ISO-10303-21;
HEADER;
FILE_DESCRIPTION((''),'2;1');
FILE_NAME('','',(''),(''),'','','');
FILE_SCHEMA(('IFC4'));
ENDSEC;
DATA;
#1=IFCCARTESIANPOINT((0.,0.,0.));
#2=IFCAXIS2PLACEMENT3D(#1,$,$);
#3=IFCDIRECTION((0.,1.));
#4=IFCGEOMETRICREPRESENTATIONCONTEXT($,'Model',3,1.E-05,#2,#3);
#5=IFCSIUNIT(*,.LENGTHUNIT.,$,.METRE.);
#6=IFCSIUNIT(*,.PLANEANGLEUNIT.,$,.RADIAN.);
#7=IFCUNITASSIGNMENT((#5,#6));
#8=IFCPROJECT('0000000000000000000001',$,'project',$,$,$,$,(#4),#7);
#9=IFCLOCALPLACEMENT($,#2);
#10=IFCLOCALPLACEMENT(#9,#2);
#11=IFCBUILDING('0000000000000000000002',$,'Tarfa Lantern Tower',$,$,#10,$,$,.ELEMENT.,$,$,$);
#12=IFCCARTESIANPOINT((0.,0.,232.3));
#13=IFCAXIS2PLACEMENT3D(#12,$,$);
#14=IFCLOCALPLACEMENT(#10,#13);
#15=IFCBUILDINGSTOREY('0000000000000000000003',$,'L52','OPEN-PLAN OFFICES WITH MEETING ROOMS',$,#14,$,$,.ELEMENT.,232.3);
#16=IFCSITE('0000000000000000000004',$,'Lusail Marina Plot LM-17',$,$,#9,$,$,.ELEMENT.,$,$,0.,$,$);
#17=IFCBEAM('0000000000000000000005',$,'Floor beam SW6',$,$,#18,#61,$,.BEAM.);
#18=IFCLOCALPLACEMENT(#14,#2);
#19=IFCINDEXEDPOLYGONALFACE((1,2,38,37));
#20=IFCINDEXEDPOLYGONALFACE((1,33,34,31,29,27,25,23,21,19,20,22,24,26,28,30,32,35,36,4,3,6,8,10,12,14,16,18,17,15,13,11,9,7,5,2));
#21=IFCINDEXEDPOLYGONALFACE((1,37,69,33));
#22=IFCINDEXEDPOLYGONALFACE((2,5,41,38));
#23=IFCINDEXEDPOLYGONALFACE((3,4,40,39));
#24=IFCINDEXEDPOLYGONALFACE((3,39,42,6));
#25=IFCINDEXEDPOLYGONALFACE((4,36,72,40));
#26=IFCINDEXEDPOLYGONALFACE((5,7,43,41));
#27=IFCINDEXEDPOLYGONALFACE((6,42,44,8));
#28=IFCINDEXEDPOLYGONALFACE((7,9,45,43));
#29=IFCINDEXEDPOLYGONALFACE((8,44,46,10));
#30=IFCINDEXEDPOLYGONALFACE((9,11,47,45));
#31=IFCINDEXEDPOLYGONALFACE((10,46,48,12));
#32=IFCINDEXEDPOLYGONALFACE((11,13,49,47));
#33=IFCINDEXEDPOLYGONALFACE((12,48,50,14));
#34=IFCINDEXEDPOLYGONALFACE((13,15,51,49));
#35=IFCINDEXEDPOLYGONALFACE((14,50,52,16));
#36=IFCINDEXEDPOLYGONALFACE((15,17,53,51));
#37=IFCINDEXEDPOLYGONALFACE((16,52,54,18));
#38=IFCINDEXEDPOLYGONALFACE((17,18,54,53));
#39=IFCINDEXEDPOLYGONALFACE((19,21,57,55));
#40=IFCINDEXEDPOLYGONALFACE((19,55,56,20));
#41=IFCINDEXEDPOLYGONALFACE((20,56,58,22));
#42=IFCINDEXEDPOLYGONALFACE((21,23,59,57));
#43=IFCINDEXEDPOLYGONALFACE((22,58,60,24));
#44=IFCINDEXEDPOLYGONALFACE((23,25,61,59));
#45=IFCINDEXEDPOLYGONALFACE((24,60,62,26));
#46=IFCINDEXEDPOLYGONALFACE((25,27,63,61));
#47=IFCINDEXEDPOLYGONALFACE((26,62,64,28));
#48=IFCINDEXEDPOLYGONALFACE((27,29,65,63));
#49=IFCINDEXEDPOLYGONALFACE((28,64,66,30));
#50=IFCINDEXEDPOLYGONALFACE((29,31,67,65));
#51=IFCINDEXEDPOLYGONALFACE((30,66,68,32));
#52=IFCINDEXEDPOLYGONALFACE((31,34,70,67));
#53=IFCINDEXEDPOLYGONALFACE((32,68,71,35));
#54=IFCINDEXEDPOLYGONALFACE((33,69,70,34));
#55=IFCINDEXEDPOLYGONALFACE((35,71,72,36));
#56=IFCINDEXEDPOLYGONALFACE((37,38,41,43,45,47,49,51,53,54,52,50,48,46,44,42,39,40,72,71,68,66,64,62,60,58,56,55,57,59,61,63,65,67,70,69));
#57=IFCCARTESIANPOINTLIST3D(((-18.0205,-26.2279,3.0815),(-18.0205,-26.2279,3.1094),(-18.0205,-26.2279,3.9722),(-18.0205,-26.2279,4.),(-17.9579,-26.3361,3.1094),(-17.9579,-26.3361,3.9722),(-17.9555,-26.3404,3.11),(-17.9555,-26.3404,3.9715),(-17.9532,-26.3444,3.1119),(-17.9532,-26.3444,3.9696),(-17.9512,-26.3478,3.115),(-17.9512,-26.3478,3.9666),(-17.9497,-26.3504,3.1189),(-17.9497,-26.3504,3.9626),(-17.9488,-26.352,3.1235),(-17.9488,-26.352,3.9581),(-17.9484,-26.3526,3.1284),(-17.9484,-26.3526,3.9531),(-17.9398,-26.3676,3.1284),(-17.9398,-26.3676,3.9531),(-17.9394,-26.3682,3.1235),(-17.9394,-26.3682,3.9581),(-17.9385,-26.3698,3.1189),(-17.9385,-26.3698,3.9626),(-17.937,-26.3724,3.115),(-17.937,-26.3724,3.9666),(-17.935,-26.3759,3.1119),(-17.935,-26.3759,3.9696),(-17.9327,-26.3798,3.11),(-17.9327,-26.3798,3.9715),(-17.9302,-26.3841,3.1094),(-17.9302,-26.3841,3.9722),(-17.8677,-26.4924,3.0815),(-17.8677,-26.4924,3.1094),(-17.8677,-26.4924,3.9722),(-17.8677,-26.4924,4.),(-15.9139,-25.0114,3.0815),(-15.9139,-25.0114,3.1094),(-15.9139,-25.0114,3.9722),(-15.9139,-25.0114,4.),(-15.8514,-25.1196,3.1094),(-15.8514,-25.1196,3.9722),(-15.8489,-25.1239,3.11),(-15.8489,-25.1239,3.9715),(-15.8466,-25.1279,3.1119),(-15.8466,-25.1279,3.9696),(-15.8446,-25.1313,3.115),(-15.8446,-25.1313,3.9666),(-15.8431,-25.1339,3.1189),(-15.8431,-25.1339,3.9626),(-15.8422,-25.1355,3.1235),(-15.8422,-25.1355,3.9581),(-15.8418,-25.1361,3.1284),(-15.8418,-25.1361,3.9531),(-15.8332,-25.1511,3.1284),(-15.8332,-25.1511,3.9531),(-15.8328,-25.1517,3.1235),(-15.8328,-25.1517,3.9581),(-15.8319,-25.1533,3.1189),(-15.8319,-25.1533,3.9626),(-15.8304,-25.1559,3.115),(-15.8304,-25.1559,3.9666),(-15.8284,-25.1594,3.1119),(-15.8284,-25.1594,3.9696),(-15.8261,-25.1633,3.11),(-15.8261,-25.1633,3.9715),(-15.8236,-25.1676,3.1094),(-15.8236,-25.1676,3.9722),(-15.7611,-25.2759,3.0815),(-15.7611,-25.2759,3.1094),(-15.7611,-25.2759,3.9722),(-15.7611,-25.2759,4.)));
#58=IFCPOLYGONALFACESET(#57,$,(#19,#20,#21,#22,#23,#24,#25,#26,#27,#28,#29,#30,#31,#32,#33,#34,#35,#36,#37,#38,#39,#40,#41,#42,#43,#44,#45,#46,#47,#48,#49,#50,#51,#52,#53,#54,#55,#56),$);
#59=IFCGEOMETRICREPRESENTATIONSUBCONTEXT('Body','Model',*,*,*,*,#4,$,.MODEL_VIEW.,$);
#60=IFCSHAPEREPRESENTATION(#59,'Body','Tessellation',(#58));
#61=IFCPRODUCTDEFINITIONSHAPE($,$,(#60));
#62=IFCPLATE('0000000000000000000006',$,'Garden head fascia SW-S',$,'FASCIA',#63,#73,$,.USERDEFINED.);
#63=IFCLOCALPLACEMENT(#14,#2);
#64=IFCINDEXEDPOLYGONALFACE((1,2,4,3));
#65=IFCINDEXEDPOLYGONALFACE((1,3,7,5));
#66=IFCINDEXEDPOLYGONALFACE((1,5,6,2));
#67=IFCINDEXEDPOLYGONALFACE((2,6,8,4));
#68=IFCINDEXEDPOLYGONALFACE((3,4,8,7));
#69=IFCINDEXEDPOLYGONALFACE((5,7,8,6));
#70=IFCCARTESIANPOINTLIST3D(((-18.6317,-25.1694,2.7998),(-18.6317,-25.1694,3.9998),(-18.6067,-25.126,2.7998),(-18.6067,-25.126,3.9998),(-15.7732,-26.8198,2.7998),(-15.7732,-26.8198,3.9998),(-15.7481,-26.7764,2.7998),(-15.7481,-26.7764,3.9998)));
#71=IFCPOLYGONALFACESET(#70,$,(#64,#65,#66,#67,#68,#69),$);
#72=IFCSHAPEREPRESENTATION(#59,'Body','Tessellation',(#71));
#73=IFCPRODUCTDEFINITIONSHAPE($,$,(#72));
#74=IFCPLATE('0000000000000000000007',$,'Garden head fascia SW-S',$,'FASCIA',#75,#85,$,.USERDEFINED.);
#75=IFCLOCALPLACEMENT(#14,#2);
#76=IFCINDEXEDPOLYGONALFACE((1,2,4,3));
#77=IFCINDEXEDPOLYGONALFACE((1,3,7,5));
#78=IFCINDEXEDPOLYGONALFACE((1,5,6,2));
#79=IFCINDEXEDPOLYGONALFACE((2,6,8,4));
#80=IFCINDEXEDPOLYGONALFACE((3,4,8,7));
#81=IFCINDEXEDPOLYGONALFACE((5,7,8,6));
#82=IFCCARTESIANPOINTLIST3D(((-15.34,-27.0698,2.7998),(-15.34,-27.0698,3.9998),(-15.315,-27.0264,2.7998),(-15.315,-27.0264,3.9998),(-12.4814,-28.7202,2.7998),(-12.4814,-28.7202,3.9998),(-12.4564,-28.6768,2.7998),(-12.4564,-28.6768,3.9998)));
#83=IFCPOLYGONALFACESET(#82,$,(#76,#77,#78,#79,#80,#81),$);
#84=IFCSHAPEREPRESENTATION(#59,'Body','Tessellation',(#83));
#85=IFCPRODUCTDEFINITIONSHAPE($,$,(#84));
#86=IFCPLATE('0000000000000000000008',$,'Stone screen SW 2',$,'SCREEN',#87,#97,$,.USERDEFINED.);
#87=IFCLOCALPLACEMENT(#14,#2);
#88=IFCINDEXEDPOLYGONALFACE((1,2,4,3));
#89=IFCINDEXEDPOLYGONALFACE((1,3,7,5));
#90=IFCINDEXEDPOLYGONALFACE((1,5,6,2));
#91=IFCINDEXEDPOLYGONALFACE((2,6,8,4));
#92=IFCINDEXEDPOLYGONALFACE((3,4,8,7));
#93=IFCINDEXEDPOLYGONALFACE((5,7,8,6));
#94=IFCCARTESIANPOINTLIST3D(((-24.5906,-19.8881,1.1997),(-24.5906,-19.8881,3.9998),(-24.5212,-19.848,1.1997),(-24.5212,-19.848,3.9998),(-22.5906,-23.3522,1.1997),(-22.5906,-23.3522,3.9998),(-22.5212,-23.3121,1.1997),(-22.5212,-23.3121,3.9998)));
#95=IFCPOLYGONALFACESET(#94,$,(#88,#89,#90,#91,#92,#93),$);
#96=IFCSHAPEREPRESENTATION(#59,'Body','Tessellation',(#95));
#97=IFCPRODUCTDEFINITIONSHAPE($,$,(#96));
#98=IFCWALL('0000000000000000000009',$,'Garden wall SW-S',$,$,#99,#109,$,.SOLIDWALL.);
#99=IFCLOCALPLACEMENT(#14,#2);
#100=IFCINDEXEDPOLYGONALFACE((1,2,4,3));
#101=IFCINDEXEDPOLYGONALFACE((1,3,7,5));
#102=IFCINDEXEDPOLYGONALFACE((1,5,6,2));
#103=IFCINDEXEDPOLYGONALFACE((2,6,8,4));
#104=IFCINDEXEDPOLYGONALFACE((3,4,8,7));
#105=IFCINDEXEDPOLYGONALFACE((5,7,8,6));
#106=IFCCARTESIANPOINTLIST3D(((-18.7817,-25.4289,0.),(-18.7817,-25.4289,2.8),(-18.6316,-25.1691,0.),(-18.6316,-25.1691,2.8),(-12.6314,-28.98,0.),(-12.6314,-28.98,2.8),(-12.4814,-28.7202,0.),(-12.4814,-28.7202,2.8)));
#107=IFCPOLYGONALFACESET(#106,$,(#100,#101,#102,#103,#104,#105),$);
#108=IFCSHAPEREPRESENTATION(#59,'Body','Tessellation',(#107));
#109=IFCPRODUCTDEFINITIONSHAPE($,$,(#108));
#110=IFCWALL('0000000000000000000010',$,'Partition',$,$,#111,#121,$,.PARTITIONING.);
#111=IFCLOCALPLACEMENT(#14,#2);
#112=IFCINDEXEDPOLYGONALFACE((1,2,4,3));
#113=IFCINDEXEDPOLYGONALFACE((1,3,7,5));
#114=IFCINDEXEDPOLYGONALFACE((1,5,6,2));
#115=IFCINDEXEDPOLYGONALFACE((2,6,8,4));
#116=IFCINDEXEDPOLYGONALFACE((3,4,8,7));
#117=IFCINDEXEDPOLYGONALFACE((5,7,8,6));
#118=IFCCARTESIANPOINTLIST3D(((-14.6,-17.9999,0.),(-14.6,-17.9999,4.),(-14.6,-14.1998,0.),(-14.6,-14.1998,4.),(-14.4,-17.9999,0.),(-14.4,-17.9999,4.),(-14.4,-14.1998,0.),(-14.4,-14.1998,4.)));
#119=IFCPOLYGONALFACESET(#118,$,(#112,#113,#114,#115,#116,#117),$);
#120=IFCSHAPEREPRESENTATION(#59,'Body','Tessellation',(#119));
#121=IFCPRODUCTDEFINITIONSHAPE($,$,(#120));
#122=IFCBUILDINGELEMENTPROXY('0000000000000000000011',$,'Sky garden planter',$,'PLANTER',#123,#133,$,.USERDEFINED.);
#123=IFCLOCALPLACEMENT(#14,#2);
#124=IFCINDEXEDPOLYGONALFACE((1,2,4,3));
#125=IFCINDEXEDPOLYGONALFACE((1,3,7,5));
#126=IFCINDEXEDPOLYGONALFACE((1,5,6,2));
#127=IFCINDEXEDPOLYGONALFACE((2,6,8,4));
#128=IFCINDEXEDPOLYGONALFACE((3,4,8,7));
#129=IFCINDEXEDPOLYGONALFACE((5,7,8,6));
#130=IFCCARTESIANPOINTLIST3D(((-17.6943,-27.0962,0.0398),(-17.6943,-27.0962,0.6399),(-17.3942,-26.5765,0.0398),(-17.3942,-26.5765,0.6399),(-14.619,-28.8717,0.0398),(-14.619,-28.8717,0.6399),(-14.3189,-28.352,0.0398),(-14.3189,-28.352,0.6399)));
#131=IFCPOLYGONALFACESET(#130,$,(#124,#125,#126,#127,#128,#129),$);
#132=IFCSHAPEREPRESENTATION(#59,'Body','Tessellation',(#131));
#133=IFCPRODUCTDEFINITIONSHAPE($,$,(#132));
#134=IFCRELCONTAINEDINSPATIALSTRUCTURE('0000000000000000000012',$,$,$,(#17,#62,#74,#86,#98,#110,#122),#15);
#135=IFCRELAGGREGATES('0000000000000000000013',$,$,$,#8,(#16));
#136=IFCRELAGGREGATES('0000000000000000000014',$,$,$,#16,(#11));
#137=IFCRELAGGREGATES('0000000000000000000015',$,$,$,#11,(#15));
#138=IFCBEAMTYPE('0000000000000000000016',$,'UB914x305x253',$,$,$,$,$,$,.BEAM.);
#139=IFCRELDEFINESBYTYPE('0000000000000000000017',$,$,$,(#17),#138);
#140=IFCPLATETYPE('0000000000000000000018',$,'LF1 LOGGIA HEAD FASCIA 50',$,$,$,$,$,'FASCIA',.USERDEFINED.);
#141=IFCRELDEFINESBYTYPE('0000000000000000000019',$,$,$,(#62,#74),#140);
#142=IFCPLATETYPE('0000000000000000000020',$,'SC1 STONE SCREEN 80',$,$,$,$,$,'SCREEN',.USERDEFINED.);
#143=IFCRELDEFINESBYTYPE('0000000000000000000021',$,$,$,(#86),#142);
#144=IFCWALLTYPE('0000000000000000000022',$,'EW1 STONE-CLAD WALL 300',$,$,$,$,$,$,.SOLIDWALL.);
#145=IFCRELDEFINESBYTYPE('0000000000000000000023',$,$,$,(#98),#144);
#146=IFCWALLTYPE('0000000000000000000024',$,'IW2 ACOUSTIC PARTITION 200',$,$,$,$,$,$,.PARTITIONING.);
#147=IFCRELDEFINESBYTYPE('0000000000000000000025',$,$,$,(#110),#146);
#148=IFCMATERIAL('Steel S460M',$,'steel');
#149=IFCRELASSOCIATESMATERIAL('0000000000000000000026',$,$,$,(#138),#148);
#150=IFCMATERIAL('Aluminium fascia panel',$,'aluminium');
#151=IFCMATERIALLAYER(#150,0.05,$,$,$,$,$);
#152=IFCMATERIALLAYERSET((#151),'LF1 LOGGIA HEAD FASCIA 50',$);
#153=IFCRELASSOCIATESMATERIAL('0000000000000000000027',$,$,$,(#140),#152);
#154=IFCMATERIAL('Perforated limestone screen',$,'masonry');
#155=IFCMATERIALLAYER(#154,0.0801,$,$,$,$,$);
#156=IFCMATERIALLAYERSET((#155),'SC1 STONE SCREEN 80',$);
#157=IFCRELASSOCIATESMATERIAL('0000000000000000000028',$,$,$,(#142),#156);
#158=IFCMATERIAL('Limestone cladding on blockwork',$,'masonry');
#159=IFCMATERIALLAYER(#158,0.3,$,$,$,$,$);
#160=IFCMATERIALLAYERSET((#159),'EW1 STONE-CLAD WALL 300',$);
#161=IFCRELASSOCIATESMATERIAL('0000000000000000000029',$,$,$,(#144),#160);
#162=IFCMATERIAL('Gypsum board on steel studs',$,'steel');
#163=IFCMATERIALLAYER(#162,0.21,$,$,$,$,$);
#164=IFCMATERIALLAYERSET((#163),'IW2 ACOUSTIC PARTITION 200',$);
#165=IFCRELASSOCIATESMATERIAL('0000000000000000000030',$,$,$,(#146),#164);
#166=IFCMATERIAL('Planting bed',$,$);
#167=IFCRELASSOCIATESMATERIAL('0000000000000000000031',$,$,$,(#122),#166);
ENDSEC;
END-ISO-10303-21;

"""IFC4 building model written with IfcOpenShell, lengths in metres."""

from ifc_helpers import new_model, si_unit, direction, frame, frame_2d, origin, origin_2d, place, context, subcontext, project, spatial, rectangle, i_section, extrude, material, layer, layer_set, material_profile, profile_set, type_object, element, save


model = new_model("IFC4")

# Units and contexts
model_context = context("Model", 3, precision=1e-05, world=origin(), true_north=direction((0.0, 1.0)))
body_context = subcontext(model_context, "Body", "Model", "MODEL_VIEW")
ifc_project = project(units=[si_unit("LENGTHUNIT", "METRE"), si_unit("PLANEANGLEUNIT", "RADIAN")], contexts=[model_context])

# Site, building, storey
site_placement = place(None, origin())
site = spatial("IfcSite", under=ifc_project, at=site_placement, Name="Lusail Marina Plot LM-17", CompositionType="ELEMENT", RefElevation=0.0)
building_placement = place(site_placement, origin())
building = spatial("IfcBuilding", under=site, at=building_placement, Name="Tarfa Lantern Tower", CompositionType="ELEMENT")
storey_placement = place(building_placement, frame((0.0, 0.0, 232.3)))
storey = spatial("IfcBuildingStorey", under=building, at=storey_placement, Name="L52", Description="OPEN-PLAN OFFICES WITH MEETING ROOMS", CompositionType="ELEMENT", Elevation=232.3)

# Beam
ifc_material_1 = material(Name="Steel S460M", Category="steel")
ifc_material_profile_1 = material_profile(ifc_material_1, i_section(OverallWidth=0.3054, OverallDepth=0.9185, WebThickness=0.0173, FlangeThickness=0.0278, FilletRadius=0.019, at=origin_2d()), Name="UB914x305x253")
ifc_profile_set_1 = profile_set([ifc_material_profile_1], Name="Steel S460M")
beam_type_1 = type_object("IfcBeamType", Name="UB914x305x253", PredefinedType="BEAM", material=ifc_profile_set_1)
beam_1_placement = place(storey_placement, frame((-17.9441, -26.3601, 3.5408), z_axis=(0.86598, 0.500079, 0.0), x_axis=(-0.500079, 0.86598, 0.0)))
element("IfcBeam", 1, at=beam_1_placement, inside=storey, type_object=beam_type_1, Name="Floor beam SW6", PredefinedType="BEAM", context=body_context, shape_type="SweptSolid", body=[
    extrude(i_section(OverallWidth=0.3054, OverallDepth=0.9185, WebThickness=0.0173, FlangeThickness=0.0278, FilletRadius=0.019, at=origin_2d()), origin(), (0.0, 0.0, 1.0), 2.4326),
])

# Plates
ifc_material_2 = material(Name="Aluminium fascia panel", Category="aluminium")
ifc_layer_1 = layer(ifc_material_2, 0.05)
ifc_layer_set_1 = layer_set([ifc_layer_1], Name="LF1 LOGGIA HEAD FASCIA 50")
plate_type_1 = type_object("IfcPlateType", Name="LF1 LOGGIA HEAD FASCIA 50", ElementType="FASCIA", PredefinedType="USERDEFINED", material=ifc_layer_set_1)
for number, where, z_axis, x_axis, name in (
    (2, (-17.1899, -25.9729, 2.7998), (0.0, 0.0, 1.0), (0.866025, -0.5, 0.0), "Garden head fascia SW-S"),
    (3, (-13.8982, -27.8733, 2.7998), (0.0, 0.0, 1.0), (0.866025, -0.5, 0.0), "Garden head fascia SW-S"),
):
    element("IfcPlate", number, at=place(storey_placement, frame(where, z_axis=z_axis, x_axis=x_axis)), inside=storey, type_object=plate_type_1, Name=name, ObjectType="FASCIA", PredefinedType="USERDEFINED", context=body_context, shape_type="SweptSolid", body=[
        extrude(rectangle(XDim=3.3008, YDim=0.05, at=origin_2d()), origin(), (0.0, 0.0, 1.0), 1.2),
    ])
ifc_material_3 = material(Name="Perforated limestone screen", Category="masonry")
ifc_layer_2 = layer(ifc_material_3, 0.0801)
ifc_layer_set_2 = layer_set([ifc_layer_2], Name="SC1 STONE SCREEN 80")
plate_type_2 = type_object("IfcPlateType", Name="SC1 STONE SCREEN 80", ElementType="SCREEN", PredefinedType="USERDEFINED", material=ifc_layer_set_2)
plate_placement = place(storey_placement, frame((-23.5559, -21.6001, 1.1997), z_axis=(0.0, 0.0, 1.0), x_axis=(0.5, -0.866025, 0.0)))
element("IfcPlate", 4, at=plate_placement, inside=storey, type_object=plate_type_2, Name="Stone screen SW 2", ObjectType="SCREEN", PredefinedType="USERDEFINED", context=body_context, shape_type="SweptSolid", body=[
    extrude(rectangle(XDim=4.0, YDim=0.0801, at=origin_2d()), origin(), (0.0, 0.0, 1.0), 2.8),
])

# Walls
ifc_material_4 = material(Name="Limestone cladding on blockwork", Category="masonry")
ifc_layer_3 = layer(ifc_material_4, 0.3)
ifc_layer_set_3 = layer_set([ifc_layer_3], Name="EW1 STONE-CLAD WALL 300")
wall_type_1 = type_object("IfcWallType", Name="EW1 STONE-CLAD WALL 300", PredefinedType="SOLIDWALL", material=ifc_layer_set_3)
wall_1_placement = place(storey_placement, frame((-18.7065, -25.2991, 0.0), z_axis=(0.0, 0.0, 1.0), x_axis=(0.866011, -0.500025, 0.0)))
element("IfcWall", 5, at=wall_1_placement, inside=storey, type_object=wall_type_1, Name="Garden wall SW-S", PredefinedType="SOLIDWALL", context=body_context, shape_type="SweptSolid", body=[
    extrude(rectangle(XDim=7.1018, YDim=0.3, at=frame_2d((3.5508, 0.0))), origin(), (0.0, 0.0, 1.0), 2.8),
])
ifc_material_5 = material(Name="Gypsum board on steel studs", Category="steel")
ifc_layer_4 = layer(ifc_material_5, 0.21)
ifc_layer_set_4 = layer_set([ifc_layer_4], Name="IW2 ACOUSTIC PARTITION 200")
wall_type_2 = type_object("IfcWallType", Name="IW2 ACOUSTIC PARTITION 200", PredefinedType="PARTITIONING", material=ifc_layer_set_4)
wall_2_placement = place(storey_placement, frame((-14.5, -14.2, 0.0), z_axis=(0.0, 0.0, 1.0), x_axis=(0.0, -1.0, 0.0)))
element("IfcWall", 6, at=wall_2_placement, inside=storey, type_object=wall_type_2, Name="Partition", PredefinedType="PARTITIONING", context=body_context, shape_type="SweptSolid", body=[
    extrude(rectangle(XDim=3.8, YDim=0.2, at=frame_2d((1.8999, 0.0))), origin(), (0.0, 0.0, 1.0), 4.0),
])

# Building element proxy
ifc_material_6 = material(Name="Planting bed")
proxy_placement = place(storey_placement, frame((-16.0066, -27.7241, 0.0398), z_axis=(0.0, 0.0, 1.0), x_axis=(0.866025, -0.5, 0.0)))
element("IfcBuildingElementProxy", 7, at=proxy_placement, inside=storey, material=ifc_material_6, Name="Sky garden planter", ObjectType="PLANTER", PredefinedType="USERDEFINED", context=body_context, shape_type="SweptSolid", body=[
    extrude(rectangle(XDim=3.551, YDim=0.6001, at=origin_2d()), origin(), (0.0, 0.0, 1.0), 0.6001),
])

save(model, "model.ifc")
